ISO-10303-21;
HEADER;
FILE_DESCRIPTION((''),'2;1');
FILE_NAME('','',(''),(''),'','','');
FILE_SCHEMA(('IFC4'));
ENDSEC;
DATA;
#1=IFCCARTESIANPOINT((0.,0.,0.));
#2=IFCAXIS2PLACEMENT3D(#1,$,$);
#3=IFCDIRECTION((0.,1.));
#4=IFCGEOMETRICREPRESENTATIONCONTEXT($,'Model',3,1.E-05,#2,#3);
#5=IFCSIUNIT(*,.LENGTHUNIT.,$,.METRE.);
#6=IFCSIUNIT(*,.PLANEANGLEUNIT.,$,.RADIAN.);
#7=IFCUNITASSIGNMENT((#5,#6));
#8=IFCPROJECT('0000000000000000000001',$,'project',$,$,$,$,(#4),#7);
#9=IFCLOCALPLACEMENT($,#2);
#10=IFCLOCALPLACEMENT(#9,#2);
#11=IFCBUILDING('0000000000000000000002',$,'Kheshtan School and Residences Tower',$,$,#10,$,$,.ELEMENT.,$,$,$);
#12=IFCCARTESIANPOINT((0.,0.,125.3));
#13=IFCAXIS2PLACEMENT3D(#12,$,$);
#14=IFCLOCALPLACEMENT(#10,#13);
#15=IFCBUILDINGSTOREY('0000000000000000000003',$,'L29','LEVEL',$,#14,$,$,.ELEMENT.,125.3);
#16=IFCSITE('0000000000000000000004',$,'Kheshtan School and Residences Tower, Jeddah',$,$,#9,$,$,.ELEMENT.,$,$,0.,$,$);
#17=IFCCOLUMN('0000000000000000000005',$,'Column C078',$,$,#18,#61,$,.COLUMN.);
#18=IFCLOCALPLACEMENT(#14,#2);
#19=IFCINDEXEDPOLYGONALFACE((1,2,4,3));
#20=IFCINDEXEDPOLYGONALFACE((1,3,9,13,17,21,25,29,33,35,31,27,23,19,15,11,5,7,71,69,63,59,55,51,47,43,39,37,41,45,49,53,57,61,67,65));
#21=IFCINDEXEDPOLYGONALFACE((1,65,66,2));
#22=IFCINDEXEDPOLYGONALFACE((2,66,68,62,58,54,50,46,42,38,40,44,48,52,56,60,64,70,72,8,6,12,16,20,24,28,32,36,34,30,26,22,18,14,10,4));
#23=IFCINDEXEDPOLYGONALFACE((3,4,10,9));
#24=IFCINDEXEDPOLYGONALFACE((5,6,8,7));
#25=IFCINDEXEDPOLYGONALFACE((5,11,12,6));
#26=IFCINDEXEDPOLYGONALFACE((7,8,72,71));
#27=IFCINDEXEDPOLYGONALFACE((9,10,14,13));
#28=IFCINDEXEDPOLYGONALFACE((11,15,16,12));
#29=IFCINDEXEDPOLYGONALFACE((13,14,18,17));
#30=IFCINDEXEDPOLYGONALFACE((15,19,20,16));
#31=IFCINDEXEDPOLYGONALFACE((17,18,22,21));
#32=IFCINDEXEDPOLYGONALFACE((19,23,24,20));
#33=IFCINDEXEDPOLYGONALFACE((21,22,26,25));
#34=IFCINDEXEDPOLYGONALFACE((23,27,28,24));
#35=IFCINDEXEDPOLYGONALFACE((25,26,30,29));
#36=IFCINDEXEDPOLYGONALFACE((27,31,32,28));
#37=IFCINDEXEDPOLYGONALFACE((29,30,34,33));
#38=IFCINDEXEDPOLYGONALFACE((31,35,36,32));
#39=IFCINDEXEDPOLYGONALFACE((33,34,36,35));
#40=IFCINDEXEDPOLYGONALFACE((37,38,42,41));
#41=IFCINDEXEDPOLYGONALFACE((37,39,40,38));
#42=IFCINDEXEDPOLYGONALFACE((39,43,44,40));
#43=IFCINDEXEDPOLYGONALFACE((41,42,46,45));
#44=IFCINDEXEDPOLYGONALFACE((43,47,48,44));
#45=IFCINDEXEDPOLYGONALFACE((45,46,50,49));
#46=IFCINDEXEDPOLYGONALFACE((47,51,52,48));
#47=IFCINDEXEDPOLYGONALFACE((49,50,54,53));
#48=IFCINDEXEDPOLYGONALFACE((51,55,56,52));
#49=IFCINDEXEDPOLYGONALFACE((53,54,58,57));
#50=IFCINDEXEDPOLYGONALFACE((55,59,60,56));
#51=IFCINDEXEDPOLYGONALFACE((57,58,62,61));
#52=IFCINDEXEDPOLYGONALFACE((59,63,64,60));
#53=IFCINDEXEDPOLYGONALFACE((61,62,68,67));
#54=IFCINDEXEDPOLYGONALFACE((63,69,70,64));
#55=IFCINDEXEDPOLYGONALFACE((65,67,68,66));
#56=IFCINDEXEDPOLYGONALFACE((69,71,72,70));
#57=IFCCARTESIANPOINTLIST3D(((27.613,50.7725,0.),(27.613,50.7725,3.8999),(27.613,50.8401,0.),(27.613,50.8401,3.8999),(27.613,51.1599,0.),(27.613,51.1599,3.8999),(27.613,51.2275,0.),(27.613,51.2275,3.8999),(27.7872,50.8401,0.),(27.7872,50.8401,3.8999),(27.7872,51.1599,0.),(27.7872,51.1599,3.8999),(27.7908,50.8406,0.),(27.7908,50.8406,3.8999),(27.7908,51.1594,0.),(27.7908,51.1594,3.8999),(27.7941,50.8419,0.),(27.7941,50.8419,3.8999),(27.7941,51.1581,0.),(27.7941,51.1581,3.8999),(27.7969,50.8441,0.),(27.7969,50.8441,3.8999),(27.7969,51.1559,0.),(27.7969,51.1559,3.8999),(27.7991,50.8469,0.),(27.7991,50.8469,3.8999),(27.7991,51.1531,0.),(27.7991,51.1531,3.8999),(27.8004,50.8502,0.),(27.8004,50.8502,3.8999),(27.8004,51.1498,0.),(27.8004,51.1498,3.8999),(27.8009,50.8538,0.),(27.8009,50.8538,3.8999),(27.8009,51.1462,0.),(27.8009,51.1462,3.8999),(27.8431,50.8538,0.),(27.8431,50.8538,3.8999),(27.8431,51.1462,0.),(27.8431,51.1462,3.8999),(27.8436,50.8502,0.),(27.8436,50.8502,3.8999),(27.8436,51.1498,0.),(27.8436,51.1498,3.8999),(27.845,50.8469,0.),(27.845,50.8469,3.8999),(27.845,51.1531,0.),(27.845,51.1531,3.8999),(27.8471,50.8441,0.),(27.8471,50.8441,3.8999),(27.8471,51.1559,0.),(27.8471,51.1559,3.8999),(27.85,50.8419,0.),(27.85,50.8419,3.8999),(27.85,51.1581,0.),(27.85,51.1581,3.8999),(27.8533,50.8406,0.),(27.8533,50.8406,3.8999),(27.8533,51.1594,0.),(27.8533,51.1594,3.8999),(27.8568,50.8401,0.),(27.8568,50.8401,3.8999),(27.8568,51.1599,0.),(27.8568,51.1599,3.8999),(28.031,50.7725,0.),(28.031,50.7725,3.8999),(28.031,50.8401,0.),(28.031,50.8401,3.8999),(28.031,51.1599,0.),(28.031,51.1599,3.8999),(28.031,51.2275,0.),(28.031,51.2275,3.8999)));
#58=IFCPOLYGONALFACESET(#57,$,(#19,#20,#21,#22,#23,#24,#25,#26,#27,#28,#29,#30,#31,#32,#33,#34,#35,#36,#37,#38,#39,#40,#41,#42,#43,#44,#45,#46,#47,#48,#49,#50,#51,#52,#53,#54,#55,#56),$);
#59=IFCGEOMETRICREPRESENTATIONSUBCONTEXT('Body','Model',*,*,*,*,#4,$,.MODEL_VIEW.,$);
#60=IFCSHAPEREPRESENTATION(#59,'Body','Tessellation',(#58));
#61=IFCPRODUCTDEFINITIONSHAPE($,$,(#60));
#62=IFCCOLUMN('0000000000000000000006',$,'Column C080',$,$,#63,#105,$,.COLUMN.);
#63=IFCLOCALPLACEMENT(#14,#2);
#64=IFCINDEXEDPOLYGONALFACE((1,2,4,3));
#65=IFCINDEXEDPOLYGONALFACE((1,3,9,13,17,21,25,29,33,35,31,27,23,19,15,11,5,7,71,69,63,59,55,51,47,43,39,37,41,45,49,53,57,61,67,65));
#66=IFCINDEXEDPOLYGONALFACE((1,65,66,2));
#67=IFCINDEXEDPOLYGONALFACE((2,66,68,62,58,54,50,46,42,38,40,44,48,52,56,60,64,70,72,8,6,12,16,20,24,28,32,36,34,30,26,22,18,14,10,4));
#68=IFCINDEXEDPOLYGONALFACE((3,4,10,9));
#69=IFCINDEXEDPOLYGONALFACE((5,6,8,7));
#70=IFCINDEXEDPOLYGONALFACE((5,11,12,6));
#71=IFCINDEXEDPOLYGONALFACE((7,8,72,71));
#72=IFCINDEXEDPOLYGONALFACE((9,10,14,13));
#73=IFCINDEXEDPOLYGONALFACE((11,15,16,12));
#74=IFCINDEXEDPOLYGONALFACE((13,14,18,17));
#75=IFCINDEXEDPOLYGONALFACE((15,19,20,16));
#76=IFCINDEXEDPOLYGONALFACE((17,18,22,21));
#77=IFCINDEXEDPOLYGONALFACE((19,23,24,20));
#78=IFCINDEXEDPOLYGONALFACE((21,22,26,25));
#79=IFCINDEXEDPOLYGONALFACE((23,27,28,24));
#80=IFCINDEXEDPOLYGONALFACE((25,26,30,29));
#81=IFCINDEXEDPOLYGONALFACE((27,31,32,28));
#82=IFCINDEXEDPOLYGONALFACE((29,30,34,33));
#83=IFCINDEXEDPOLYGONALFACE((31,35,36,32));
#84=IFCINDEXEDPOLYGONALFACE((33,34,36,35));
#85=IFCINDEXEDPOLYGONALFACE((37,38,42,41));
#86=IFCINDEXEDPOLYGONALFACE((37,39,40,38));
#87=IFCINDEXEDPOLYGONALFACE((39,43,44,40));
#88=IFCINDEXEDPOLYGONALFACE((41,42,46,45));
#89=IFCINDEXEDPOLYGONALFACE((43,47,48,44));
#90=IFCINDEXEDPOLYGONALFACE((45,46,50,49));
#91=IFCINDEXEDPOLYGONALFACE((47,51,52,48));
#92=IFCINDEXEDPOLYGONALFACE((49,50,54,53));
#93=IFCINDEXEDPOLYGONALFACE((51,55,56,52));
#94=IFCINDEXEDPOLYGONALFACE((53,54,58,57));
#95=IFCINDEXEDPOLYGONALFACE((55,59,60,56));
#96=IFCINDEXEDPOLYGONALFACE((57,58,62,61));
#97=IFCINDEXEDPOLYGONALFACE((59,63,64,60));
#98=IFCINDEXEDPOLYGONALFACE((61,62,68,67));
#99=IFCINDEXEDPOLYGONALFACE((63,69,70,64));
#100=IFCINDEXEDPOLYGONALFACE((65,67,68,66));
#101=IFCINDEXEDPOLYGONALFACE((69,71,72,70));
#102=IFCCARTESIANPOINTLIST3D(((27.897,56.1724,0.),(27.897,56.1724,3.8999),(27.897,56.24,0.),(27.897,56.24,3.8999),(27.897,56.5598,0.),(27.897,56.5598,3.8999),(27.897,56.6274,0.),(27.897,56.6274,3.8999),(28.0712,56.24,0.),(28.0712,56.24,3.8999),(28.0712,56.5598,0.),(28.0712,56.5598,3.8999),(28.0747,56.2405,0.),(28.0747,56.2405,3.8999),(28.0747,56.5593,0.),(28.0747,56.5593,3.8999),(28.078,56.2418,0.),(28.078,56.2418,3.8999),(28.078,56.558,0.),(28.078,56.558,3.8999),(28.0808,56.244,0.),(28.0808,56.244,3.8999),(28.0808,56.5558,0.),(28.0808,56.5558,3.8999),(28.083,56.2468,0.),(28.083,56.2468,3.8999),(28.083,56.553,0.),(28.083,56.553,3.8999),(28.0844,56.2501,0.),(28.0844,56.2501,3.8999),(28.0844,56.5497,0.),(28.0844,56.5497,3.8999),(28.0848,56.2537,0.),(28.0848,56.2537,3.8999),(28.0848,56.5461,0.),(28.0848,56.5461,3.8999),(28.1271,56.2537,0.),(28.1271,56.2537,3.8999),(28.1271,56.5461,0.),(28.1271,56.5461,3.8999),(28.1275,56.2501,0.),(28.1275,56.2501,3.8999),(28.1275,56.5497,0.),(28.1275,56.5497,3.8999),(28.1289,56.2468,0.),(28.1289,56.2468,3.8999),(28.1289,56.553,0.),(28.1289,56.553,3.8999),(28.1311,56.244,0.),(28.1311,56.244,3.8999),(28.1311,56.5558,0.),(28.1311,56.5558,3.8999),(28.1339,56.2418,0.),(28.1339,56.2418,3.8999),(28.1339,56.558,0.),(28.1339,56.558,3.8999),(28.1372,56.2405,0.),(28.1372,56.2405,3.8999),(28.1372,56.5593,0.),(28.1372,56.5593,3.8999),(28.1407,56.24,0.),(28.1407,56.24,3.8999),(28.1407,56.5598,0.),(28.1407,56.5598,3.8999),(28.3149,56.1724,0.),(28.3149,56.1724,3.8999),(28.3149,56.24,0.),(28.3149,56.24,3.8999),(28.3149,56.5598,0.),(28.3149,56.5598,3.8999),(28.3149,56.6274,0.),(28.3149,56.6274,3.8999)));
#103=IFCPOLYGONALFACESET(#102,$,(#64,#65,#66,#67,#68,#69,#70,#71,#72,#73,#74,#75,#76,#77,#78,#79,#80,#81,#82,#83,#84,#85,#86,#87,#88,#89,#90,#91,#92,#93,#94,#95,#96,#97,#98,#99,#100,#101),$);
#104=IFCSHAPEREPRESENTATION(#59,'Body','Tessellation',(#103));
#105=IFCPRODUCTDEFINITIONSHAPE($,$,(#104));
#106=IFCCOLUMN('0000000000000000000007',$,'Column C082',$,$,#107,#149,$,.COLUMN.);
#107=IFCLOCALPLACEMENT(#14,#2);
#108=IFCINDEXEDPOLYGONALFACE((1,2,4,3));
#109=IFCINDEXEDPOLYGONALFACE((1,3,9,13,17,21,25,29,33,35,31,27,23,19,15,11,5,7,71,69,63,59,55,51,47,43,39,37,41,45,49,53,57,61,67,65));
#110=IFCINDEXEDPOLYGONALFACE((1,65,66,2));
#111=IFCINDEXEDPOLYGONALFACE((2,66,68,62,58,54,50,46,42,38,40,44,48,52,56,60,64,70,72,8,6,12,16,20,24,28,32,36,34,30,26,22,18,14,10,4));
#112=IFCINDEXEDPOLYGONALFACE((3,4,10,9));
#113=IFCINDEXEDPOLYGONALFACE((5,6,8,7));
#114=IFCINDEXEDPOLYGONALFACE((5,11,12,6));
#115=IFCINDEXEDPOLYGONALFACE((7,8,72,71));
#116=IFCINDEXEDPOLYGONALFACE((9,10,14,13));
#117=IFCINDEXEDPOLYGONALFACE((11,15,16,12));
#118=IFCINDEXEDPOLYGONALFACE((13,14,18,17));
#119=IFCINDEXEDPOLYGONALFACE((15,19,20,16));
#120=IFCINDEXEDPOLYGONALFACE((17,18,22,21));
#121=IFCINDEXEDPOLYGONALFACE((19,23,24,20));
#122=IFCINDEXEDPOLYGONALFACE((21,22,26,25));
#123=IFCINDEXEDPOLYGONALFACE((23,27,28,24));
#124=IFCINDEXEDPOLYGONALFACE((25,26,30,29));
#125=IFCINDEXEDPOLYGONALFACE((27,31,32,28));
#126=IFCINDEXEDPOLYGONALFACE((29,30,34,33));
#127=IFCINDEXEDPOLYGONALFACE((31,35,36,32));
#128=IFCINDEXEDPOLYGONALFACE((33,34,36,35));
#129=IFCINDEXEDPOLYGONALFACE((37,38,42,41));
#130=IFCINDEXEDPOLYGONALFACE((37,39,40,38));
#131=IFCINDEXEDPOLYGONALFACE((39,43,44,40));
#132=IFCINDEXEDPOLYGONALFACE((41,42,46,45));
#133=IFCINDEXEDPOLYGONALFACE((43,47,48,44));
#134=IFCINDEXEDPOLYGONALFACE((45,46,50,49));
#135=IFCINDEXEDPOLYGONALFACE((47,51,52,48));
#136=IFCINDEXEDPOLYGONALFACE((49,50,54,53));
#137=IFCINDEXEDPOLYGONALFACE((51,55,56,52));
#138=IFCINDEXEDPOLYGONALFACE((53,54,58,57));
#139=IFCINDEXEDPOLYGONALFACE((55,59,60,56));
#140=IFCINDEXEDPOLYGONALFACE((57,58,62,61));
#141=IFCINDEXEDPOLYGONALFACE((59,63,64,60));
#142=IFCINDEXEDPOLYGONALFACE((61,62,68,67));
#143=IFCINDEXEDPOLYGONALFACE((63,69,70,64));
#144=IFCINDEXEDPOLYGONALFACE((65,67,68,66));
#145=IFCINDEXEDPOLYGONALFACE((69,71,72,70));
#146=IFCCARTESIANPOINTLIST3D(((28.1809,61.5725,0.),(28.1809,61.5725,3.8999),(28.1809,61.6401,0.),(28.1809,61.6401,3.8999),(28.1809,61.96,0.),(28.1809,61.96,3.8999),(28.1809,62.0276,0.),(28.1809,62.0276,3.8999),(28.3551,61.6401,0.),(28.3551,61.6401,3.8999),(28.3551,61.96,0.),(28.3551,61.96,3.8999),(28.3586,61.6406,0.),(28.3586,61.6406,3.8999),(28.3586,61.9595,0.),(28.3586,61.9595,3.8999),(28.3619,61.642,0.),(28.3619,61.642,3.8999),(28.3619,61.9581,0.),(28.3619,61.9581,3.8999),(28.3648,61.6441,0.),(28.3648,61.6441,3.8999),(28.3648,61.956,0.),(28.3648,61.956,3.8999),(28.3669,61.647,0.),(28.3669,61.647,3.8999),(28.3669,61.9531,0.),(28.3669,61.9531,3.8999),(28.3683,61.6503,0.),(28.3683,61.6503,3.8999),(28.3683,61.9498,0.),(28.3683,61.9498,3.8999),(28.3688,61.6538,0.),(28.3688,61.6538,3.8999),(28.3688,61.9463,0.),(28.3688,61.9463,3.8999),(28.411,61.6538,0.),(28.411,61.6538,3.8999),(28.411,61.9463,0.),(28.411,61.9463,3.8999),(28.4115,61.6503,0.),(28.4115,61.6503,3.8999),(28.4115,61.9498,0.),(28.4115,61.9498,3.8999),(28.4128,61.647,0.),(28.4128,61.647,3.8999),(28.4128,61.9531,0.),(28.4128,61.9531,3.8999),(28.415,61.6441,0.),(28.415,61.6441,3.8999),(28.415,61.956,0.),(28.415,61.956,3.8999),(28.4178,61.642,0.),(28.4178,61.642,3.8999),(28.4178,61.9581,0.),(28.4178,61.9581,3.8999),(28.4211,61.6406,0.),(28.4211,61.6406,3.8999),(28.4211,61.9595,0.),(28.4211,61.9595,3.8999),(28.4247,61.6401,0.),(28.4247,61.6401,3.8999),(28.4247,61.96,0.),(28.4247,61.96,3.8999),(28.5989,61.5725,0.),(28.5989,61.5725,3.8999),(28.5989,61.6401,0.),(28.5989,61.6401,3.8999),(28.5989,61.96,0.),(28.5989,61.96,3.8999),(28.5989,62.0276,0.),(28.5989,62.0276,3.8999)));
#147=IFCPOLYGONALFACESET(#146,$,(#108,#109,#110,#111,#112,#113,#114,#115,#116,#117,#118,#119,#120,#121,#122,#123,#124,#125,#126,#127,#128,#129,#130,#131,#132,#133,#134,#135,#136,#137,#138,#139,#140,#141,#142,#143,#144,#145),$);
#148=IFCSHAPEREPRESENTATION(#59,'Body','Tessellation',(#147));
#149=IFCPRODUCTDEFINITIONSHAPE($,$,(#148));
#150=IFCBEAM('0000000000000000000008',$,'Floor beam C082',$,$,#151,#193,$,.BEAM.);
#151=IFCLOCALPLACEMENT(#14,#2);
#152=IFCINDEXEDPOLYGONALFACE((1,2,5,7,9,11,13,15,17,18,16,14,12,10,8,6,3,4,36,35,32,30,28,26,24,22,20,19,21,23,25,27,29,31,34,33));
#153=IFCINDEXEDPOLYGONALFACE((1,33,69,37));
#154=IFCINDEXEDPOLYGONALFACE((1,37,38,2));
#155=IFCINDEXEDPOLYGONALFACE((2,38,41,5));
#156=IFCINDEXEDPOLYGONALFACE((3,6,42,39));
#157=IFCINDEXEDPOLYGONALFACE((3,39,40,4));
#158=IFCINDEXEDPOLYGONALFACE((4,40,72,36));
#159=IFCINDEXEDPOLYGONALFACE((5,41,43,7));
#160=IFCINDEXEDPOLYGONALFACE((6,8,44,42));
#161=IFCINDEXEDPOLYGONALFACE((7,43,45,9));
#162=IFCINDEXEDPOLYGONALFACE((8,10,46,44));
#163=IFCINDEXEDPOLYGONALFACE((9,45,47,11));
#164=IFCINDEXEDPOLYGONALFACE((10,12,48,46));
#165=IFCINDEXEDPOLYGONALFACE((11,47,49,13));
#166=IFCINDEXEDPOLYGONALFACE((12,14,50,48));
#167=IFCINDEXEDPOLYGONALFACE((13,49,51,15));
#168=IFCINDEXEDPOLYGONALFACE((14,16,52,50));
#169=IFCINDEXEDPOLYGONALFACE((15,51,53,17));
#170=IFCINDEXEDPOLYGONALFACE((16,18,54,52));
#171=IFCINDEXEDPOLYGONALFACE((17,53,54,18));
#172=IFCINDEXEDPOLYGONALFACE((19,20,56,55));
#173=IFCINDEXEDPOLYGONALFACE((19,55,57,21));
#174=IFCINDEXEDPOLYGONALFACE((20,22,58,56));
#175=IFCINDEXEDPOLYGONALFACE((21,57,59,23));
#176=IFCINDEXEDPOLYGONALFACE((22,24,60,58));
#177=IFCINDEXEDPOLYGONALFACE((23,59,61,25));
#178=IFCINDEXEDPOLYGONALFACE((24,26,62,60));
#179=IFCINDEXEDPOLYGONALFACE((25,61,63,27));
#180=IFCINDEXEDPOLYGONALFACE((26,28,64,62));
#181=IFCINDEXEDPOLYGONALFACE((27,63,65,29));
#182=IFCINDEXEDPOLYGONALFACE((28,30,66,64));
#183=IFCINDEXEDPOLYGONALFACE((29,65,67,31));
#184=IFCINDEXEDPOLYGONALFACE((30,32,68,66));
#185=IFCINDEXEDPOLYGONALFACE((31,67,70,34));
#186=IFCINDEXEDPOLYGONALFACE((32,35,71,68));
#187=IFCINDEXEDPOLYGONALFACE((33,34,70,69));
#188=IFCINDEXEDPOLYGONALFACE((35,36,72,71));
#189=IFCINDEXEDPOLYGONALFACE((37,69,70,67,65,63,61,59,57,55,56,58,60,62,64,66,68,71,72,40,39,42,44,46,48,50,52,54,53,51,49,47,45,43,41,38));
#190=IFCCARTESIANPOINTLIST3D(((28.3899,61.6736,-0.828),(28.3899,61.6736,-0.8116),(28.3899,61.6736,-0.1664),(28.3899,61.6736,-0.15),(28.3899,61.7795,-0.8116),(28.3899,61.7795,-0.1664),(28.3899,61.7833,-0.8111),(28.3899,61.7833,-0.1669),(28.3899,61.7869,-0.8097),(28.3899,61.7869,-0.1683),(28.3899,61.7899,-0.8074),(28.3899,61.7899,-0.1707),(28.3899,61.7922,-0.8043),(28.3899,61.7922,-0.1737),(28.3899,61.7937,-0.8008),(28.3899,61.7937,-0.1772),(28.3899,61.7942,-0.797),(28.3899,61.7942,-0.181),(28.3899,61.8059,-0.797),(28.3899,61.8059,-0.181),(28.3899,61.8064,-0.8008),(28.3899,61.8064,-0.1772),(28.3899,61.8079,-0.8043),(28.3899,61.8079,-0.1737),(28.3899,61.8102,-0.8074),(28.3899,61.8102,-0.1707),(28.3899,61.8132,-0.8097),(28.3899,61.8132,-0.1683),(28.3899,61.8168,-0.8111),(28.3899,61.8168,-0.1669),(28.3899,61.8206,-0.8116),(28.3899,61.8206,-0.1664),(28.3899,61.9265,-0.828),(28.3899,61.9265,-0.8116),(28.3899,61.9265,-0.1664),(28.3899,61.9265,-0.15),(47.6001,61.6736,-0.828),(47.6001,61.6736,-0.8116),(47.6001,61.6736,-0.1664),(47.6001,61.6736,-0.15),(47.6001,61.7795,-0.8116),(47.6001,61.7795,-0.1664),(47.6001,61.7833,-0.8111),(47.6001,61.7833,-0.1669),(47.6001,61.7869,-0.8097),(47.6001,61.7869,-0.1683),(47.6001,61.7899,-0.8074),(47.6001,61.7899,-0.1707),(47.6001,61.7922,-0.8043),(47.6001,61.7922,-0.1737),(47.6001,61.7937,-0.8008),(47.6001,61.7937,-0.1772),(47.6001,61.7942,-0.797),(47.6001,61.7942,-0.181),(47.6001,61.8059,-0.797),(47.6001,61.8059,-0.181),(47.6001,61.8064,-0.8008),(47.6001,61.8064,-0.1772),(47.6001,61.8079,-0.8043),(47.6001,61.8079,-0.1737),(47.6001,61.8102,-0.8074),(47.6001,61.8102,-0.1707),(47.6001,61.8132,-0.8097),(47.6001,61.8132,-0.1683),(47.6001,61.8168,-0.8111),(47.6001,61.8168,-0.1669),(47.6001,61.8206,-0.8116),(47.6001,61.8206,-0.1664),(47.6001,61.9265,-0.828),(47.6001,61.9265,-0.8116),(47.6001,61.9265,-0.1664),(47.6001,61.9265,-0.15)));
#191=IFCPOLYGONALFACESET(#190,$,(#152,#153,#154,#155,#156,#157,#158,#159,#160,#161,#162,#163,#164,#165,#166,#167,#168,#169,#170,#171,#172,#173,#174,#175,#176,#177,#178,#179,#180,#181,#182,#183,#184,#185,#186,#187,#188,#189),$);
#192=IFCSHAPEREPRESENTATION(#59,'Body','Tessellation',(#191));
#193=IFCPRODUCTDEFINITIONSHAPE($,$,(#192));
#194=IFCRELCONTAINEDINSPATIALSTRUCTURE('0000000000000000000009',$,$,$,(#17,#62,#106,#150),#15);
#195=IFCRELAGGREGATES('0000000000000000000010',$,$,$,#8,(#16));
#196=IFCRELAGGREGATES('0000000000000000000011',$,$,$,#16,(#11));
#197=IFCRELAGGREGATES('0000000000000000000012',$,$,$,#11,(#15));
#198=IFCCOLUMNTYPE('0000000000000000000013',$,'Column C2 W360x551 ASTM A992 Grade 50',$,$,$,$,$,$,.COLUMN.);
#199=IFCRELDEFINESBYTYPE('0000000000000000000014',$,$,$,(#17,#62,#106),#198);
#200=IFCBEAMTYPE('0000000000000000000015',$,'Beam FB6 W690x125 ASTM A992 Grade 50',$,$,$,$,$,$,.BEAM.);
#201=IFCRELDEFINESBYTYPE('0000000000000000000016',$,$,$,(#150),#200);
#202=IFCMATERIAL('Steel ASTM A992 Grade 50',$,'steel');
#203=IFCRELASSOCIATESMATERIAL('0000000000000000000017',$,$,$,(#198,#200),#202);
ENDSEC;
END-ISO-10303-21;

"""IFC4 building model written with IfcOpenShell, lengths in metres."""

from ifc_helpers import new_model, si_unit, direction, frame, origin, origin_2d, place, context, subcontext, project, spatial, i_section, extrude, material, material_profile, profile_set, type_object, element, save


model = new_model("IFC4")

# Units and contexts
model_context = context("Model", 3, precision=1e-05, world=origin(), true_north=direction((0.0, 1.0)))
body_context = subcontext(model_context, "Body", "Model", "MODEL_VIEW")
ifc_project = project(units=[si_unit("LENGTHUNIT", "METRE"), si_unit("PLANEANGLEUNIT", "RADIAN")], contexts=[model_context])

# Site, building, storey
site_placement = place(None, origin())
site = spatial("IfcSite", under=ifc_project, at=site_placement, Name="Kheshtan School and Residences Tower, Jeddah", CompositionType="ELEMENT", RefElevation=0.0)
building_placement = place(site_placement, origin())
building = spatial("IfcBuilding", under=site, at=building_placement, Name="Kheshtan School and Residences Tower", CompositionType="ELEMENT")
storey_placement = place(building_placement, frame((0.0, 0.0, 125.3)))
storey = spatial("IfcBuildingStorey", under=building, at=storey_placement, Name="L29", Description="LEVEL", CompositionType="ELEMENT", Elevation=125.3)

# Columns
ifc_material_1 = material(Name="Steel ASTM A992 Grade 50", Category="steel")
ifc_material_profile_1 = material_profile(ifc_material_1, i_section(OverallWidth=0.418, OverallDepth=0.4551, WebThickness=0.0422, FlangeThickness=0.0676, FilletRadius=0.0137, at=origin_2d()), Name="W360x551")
ifc_profile_set_1 = profile_set([ifc_material_profile_1], Name="Steel ASTM A992 Grade 50")
column_type = type_object("IfcColumnType", Name="Column C2 W360x551 ASTM A992 Grade 50", PredefinedType="COLUMN", material=ifc_profile_set_1)
for number, where, z_axis, x_axis, name in (
    (1, (27.822, 51.0, 0.0), (0.0, 0.0, 1.0), (1.0, 0.0, 0.0), "Column C078"),
    (2, (28.106, 56.3999, 0.0), (0.0, 0.0, 1.0), (1.0, 0.0, 0.0), "Column C080"),
    (3, (28.3899, 61.8, 0.0), (0.0, 0.0, 1.0), (1.0, 0.0, 0.0), "Column C082"),
):
    element("IfcColumn", number, at=place(storey_placement, frame(where, z_axis=z_axis, x_axis=x_axis)), inside=storey, type_object=column_type, Name=name, PredefinedType="COLUMN", context=body_context, shape_type="SweptSolid", body=[
        extrude(i_section(OverallWidth=0.418, OverallDepth=0.4551, WebThickness=0.0422, FlangeThickness=0.0676, FilletRadius=0.0137, at=origin_2d()), origin(), (0.0, 0.0, 1.0), 3.8999),
    ])

# Beam
ifc_material_profile_2 = material_profile(ifc_material_1, i_section(OverallWidth=0.2529, OverallDepth=0.678, WebThickness=0.0117, FlangeThickness=0.0164, FilletRadius=0.0146, at=origin_2d()), Name="W690x125")
ifc_profile_set_2 = profile_set([ifc_material_profile_2], Name="Steel ASTM A992 Grade 50")
beam_type_1 = type_object("IfcBeamType", Name="Beam FB6 W690x125 ASTM A992 Grade 50", PredefinedType="BEAM", material=ifc_profile_set_2)
beam_1_placement = place(storey_placement, frame((28.3899, 61.8, -0.489), z_axis=(1.0, 0.0, 0.0), x_axis=(0.0, 1.0, 0.0)))
element("IfcBeam", 4, at=beam_1_placement, inside=storey, type_object=beam_type_1, Name="Floor beam C082", PredefinedType="BEAM", context=body_context, shape_type="SweptSolid", body=[
    extrude(i_section(OverallWidth=0.2529, OverallDepth=0.678, WebThickness=0.0117, FlangeThickness=0.0164, FilletRadius=0.0146, at=origin_2d()), origin(), (0.0, 0.0, 1.0), 19.2102),
])

save(model, "model.ifc")
